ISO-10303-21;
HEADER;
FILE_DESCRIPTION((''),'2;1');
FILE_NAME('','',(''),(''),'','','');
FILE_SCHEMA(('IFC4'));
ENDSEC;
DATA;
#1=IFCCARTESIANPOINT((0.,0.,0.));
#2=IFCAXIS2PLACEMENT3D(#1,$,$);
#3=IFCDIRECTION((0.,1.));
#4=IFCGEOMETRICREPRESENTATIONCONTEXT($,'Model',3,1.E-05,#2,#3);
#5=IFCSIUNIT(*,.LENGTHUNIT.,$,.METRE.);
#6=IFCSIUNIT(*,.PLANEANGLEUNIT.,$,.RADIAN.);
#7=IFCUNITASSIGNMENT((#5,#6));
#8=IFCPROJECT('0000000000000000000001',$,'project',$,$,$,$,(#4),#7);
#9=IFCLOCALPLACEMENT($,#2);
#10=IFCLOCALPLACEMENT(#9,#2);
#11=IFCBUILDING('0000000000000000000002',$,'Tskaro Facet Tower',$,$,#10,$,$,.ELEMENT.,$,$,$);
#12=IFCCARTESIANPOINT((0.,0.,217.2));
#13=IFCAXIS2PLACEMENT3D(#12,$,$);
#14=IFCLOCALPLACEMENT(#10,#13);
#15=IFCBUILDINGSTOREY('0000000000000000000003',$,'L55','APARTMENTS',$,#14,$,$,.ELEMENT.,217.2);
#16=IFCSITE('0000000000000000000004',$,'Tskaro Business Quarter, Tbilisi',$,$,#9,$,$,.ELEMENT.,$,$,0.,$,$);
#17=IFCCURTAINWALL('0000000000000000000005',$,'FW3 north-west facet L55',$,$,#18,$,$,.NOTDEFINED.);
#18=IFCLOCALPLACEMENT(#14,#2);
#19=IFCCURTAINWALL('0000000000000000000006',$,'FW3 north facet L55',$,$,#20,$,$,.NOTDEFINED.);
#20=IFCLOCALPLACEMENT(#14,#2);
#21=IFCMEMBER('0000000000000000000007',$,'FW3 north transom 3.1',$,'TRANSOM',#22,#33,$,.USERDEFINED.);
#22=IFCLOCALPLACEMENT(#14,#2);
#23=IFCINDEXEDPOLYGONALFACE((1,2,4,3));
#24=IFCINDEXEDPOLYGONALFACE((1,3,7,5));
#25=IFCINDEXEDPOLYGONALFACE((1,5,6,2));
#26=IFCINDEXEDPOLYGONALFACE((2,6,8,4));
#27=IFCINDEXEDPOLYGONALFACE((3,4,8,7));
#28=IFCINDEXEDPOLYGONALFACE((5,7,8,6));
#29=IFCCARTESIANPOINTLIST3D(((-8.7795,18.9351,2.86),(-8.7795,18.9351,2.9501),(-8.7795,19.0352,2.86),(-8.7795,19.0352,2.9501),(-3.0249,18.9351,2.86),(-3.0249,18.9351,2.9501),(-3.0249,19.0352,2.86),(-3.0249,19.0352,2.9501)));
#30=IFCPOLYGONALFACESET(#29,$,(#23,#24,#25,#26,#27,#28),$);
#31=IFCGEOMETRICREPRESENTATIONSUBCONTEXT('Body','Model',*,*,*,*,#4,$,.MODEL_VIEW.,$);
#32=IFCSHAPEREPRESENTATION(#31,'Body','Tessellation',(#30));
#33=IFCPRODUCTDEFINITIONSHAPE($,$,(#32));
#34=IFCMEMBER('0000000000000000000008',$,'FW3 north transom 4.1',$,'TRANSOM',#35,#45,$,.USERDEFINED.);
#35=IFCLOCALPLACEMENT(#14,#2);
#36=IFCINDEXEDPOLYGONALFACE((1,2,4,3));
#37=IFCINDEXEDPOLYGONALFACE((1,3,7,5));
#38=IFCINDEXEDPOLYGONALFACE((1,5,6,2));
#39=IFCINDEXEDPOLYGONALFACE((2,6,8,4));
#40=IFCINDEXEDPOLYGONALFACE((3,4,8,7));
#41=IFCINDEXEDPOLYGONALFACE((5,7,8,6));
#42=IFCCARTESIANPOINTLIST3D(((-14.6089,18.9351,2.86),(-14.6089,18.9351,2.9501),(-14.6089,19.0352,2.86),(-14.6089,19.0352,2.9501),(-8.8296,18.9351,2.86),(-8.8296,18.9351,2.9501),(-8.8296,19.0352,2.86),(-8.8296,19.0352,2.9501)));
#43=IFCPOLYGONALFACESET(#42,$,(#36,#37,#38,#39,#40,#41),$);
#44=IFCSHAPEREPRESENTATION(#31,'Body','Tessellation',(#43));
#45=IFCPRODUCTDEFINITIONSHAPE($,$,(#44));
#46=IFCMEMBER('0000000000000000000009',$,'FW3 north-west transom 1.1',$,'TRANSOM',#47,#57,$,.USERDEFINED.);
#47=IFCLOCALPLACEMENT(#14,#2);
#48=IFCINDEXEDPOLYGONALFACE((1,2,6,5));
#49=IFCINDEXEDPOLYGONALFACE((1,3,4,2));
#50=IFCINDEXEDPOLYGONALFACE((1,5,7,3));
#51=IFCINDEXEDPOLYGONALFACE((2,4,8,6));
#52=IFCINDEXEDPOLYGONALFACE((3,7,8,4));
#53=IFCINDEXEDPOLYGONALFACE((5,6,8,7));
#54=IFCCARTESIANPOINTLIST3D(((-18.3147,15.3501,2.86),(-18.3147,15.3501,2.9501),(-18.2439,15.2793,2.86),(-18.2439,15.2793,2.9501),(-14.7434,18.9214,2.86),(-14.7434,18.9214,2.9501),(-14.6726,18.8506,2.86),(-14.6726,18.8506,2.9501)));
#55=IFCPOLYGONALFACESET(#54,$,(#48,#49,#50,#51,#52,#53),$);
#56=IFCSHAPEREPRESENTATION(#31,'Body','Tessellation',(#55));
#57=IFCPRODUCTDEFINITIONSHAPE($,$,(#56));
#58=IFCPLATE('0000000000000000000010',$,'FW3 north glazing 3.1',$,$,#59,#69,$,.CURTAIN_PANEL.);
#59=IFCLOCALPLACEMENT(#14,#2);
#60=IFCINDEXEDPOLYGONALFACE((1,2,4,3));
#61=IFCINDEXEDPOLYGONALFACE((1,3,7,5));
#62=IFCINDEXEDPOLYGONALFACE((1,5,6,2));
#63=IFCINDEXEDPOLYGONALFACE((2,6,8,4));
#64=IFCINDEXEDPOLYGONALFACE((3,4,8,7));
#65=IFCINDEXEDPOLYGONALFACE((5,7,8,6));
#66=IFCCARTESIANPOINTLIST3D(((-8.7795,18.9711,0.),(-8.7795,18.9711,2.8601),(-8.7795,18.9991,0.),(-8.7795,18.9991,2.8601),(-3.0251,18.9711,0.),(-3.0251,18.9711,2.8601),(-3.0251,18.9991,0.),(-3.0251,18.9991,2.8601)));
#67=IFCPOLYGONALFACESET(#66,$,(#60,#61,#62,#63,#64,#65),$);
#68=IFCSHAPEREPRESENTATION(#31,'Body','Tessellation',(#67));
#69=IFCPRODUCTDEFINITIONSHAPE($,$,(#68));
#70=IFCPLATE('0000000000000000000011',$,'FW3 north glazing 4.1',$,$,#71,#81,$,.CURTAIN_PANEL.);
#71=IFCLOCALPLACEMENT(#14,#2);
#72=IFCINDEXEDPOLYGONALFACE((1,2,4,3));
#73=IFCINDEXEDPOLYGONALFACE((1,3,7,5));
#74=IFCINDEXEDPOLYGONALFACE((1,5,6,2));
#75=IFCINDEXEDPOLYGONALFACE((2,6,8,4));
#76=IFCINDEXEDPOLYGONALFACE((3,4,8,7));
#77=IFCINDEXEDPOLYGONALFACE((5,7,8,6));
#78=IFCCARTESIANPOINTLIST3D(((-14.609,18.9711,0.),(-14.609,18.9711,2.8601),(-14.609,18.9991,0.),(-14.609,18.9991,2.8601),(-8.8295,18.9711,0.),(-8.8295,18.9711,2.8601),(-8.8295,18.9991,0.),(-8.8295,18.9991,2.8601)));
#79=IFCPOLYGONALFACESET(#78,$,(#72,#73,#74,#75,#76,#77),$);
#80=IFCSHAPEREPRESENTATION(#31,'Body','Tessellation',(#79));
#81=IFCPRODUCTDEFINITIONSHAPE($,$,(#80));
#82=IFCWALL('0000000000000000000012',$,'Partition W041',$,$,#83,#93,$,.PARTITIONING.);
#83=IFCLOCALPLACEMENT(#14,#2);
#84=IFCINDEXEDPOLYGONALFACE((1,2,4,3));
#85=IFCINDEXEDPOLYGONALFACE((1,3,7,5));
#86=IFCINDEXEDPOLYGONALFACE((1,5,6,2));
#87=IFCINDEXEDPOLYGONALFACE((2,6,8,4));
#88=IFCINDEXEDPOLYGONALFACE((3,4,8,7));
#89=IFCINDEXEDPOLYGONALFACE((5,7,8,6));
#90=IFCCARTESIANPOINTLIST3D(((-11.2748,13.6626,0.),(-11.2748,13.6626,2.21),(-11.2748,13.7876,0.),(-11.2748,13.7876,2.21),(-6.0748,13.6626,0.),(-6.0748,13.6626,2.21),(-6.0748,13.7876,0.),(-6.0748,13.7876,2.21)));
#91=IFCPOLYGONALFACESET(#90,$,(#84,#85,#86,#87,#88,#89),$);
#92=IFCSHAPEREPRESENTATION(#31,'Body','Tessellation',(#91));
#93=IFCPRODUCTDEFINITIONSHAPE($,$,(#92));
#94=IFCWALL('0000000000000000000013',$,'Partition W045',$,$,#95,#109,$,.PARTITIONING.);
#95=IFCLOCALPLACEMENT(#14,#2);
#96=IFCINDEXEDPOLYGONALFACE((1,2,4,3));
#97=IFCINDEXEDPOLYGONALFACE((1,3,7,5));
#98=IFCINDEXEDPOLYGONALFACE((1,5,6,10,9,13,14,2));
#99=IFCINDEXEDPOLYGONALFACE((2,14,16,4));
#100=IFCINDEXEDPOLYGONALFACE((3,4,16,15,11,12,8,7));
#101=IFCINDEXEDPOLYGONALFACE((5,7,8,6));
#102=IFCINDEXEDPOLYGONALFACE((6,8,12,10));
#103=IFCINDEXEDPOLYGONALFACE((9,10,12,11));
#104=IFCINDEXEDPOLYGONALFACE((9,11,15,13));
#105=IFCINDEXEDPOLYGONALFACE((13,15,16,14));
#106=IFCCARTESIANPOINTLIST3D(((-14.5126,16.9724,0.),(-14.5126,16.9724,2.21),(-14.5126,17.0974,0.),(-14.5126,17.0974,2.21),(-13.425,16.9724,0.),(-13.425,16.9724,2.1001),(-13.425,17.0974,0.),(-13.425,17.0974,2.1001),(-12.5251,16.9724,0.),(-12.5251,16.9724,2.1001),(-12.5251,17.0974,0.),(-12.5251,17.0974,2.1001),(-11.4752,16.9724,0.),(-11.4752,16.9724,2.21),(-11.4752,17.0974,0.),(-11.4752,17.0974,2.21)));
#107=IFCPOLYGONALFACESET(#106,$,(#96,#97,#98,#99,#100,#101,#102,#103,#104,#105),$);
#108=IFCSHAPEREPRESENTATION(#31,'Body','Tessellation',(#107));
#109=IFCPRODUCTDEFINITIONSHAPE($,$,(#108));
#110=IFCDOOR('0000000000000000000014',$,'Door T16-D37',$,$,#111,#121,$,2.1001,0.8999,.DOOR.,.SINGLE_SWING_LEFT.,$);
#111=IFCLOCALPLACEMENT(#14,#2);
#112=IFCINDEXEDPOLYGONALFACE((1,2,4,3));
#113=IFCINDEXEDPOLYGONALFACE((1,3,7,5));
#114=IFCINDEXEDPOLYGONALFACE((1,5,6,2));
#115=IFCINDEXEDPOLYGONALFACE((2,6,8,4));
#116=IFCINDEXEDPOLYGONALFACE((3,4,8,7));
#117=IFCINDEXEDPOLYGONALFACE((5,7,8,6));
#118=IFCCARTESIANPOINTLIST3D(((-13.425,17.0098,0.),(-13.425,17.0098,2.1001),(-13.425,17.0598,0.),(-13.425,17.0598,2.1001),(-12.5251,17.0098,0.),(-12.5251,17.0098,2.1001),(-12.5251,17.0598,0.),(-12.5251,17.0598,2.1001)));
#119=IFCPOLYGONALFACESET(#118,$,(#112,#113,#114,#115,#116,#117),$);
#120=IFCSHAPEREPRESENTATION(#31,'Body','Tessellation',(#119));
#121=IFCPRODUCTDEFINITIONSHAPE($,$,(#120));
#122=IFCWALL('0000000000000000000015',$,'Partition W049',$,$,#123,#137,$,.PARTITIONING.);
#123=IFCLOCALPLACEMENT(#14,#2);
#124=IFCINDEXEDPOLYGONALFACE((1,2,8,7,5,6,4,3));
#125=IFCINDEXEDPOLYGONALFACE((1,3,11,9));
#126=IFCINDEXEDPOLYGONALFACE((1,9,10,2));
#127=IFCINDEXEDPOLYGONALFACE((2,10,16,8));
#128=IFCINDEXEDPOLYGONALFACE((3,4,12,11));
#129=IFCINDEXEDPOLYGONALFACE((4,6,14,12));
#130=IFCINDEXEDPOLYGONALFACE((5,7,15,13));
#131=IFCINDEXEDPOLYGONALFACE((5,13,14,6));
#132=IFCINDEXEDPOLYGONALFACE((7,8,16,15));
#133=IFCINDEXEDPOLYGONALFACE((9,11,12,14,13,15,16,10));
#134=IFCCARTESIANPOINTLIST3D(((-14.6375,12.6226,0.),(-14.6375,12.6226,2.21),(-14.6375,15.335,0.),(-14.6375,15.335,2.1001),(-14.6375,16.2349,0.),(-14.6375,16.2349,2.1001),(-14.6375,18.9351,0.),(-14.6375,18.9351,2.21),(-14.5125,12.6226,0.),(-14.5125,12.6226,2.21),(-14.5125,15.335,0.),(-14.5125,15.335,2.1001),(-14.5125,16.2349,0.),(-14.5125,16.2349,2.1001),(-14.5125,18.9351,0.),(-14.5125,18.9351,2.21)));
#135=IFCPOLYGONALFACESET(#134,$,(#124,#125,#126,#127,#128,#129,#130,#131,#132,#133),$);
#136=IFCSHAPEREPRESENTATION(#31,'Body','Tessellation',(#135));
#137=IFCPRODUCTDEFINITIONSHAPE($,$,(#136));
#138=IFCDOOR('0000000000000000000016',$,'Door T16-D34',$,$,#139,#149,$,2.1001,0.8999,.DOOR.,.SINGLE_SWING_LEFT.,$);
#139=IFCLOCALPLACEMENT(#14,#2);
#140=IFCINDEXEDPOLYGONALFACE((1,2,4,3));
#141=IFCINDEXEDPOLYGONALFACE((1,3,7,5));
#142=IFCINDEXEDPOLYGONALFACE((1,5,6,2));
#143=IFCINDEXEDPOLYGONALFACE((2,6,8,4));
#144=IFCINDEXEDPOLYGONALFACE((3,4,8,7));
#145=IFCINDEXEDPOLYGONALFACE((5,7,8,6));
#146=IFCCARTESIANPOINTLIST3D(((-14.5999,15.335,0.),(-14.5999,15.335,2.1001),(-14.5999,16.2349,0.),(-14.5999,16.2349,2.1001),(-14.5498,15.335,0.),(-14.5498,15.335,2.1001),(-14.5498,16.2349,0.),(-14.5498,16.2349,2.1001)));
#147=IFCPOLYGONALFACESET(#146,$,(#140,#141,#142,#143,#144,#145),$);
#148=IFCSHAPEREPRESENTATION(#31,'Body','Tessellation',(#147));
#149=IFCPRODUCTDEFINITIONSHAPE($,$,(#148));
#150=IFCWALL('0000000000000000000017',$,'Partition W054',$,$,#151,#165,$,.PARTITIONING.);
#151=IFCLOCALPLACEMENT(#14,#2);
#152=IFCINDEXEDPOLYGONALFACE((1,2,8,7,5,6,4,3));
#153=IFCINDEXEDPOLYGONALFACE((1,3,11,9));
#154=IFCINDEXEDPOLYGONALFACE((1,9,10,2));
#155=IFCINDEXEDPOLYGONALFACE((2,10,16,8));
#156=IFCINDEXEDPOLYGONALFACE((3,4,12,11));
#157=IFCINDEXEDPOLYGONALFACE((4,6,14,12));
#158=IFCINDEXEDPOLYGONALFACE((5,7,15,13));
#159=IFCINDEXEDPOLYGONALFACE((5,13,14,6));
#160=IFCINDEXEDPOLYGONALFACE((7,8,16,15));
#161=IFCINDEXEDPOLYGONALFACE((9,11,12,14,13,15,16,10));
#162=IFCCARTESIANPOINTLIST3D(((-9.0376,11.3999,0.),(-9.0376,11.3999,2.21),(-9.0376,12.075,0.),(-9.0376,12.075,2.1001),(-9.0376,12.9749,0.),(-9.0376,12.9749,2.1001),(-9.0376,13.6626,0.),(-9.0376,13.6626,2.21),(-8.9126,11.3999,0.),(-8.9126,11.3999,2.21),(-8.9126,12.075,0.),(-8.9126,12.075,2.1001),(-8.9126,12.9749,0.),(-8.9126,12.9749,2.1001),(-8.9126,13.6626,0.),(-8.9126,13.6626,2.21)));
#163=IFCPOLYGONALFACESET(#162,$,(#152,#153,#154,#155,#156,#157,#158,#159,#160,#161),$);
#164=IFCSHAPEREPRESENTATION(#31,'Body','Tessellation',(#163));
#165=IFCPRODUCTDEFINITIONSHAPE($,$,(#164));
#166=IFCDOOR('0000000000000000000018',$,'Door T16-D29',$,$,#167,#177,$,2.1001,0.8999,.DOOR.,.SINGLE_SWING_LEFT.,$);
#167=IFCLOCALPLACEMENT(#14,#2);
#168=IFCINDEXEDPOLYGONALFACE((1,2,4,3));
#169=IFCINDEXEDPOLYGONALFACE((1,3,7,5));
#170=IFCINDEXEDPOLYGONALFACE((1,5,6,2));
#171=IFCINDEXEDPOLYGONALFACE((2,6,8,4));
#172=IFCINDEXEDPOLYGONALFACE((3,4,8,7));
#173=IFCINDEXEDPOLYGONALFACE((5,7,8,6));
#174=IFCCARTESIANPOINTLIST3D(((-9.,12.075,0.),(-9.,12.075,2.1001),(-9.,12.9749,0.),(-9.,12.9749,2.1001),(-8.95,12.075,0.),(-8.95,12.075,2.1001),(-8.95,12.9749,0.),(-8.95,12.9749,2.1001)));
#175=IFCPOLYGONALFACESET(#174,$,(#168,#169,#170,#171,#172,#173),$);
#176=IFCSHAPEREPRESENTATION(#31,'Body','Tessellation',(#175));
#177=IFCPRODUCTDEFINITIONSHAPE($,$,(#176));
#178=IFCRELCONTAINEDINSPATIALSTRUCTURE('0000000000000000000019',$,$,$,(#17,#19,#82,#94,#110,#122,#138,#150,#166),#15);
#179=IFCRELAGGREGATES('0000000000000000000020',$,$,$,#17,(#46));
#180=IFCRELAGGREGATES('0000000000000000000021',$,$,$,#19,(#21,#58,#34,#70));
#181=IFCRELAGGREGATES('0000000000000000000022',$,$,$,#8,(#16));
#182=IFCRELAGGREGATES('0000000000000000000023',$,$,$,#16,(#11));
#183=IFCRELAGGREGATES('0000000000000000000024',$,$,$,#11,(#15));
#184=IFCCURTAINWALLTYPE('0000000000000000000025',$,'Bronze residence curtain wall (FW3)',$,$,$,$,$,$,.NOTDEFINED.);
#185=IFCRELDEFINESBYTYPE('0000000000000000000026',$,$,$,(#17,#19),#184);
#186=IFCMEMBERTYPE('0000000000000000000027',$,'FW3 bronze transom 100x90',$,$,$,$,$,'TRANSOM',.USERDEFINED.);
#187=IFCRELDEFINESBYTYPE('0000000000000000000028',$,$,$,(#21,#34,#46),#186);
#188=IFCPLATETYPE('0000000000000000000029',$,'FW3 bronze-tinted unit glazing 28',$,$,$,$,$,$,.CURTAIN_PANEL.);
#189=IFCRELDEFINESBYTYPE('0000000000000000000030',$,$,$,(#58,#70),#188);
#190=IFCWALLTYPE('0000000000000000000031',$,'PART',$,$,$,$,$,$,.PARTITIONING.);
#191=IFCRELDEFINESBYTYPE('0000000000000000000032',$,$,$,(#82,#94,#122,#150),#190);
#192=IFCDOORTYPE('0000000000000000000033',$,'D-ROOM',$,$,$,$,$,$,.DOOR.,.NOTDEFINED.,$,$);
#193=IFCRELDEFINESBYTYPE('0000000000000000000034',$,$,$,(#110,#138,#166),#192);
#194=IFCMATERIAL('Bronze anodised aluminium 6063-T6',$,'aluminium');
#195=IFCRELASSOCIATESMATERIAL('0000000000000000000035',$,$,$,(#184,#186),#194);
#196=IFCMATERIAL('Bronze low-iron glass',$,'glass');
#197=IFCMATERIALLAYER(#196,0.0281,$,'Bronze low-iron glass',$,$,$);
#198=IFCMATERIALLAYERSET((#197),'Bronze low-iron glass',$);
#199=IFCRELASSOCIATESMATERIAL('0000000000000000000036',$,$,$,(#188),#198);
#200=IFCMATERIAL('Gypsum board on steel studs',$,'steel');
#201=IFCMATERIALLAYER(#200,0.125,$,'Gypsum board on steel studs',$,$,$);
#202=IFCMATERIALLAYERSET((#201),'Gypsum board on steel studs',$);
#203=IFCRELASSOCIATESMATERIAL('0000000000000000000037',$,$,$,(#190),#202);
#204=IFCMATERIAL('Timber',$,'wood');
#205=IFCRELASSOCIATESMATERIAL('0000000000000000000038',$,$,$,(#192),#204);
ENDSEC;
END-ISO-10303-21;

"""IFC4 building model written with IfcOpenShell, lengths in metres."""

from ifc_helpers import new_model, si_unit, direction, frame, frame_2d, origin, origin_2d, place, context, subcontext, project, spatial, rectangle, extrude, material, layer, layer_set, material_profile, profile_set, type_object, element, fill, aggregate, save


model = new_model("IFC4")

# Units and contexts
model_context = context("Model", 3, precision=1e-05, world=origin(), true_north=direction((0.0, 1.0)))
body_context = subcontext(model_context, "Body", "Model", "MODEL_VIEW")
ifc_project = project(units=[si_unit("LENGTHUNIT", "METRE"), si_unit("PLANEANGLEUNIT", "RADIAN")], contexts=[model_context])

# Site, building, storey
site_placement = place(None, origin())
site = spatial("IfcSite", under=ifc_project, at=site_placement, Name="Tskaro Business Quarter, Tbilisi", CompositionType="ELEMENT", RefElevation=0.0)
building_placement = place(site_placement, origin())
building = spatial("IfcBuilding", under=site, at=building_placement, Name="Tskaro Facet Tower", CompositionType="ELEMENT")
storey_placement = place(building_placement, frame((0.0, 0.0, 217.2)))
storey = spatial("IfcBuildingStorey", under=building, at=storey_placement, Name="L55", Description="APARTMENTS", CompositionType="ELEMENT", Elevation=217.2)

# Curtain wall
ifc_material_1 = material(Name="Bronze anodised aluminium 6063-T6", Category="aluminium")
curtain_wall_type = type_object("IfcCurtainWallType", Name="Bronze residence curtain wall (FW3)", PredefinedType="NOTDEFINED", material=ifc_material_1)
curtain_wall_1_placement = place(storey_placement, origin())
curtain_wall_1 = element("IfcCurtainWall", 1, at=curtain_wall_1_placement, inside=storey, type_object=curtain_wall_type, Name="FW3 north-west facet L55", PredefinedType="NOTDEFINED")

# Curtain wall, members
curtain_wall_2_placement = place(storey_placement, origin())
curtain_wall_2 = element("IfcCurtainWall", 2, at=curtain_wall_2_placement, inside=storey, type_object=curtain_wall_type, Name="FW3 north facet L55", PredefinedType="NOTDEFINED")
ifc_material_profile_1 = material_profile(ifc_material_1, rectangle(XDim=0.1001, YDim=0.0901, at=origin_2d()), Name="Transom 100x90")
ifc_profile_set_1 = profile_set([ifc_material_profile_1], Name="Bronze anodised aluminium 6063-T6")
member_type_1 = type_object("IfcMemberType", Name="FW3 bronze transom 100x90", ElementType="TRANSOM", PredefinedType="USERDEFINED", material=ifc_profile_set_1)
member_1_placement = place(storey_placement, frame((-3.0249, 18.9851, 2.905), z_axis=(-1.0, 0.0, 0.0), x_axis=(0.0, -1.0, 0.0)))
member_1 = element("IfcMember", 3, at=member_1_placement, type_object=member_type_1, Name="FW3 north transom 3.1", ObjectType="TRANSOM", PredefinedType="USERDEFINED", context=body_context, shape_type="SweptSolid", body=[
    extrude(rectangle(XDim=0.1001, YDim=0.0901, at=origin_2d()), origin(), (0.0, 0.0, 1.0), 5.7546),
])
member_2_placement = place(storey_placement, frame((-8.8296, 18.9851, 2.905), z_axis=(-1.0, 0.0, 0.0), x_axis=(0.0, -1.0, 0.0)))
member_2 = element("IfcMember", 4, at=member_2_placement, type_object=member_type_1, Name="FW3 north transom 4.1", ObjectType="TRANSOM", PredefinedType="USERDEFINED", context=body_context, shape_type="SweptSolid", body=[
    extrude(rectangle(XDim=0.1001, YDim=0.0901, at=origin_2d()), origin(), (0.0, 0.0, 1.0), 5.7793),
])

# Member
member_3_placement = place(storey_placement, frame((-14.708, 18.886, 2.905), z_axis=(-0.707107, -0.707107, 0.0), x_axis=(0.707107, -0.707107, 0.0)))
member_3 = element("IfcMember", 5, at=member_3_placement, type_object=member_type_1, Name="FW3 north-west transom 1.1", ObjectType="TRANSOM", PredefinedType="USERDEFINED", context=body_context, shape_type="SweptSolid", body=[
    extrude(rectangle(XDim=0.1001, YDim=0.0901, at=origin_2d()), origin(), (0.0, 0.0, 1.0), 5.0505),
])
aggregate(curtain_wall_1, [member_3])

# Plates
ifc_material_2 = material(Name="Bronze low-iron glass", Category="glass")
ifc_layer_1 = layer(ifc_material_2, 0.0281, Name="Bronze low-iron glass")
ifc_layer_set_1 = layer_set([ifc_layer_1], Name="Bronze low-iron glass")
plate_type = type_object("IfcPlateType", Name="FW3 bronze-tinted unit glazing 28", PredefinedType="CURTAIN_PANEL", material=ifc_layer_set_1)
plate_1_placement = place(storey_placement, frame((-5.9023, 18.9851, 0.0), z_axis=(0.0, 0.0, 1.0), x_axis=(-1.0, 0.0, 0.0)))
plate_1 = element("IfcPlate", 6, at=plate_1_placement, type_object=plate_type, Name="FW3 north glazing 3.1", PredefinedType="CURTAIN_PANEL", context=body_context, shape_type="SweptSolid", body=[
    extrude(rectangle(XDim=5.7544, YDim=0.0281, at=origin_2d()), origin(), (0.0, 0.0, 1.0), 2.8601),
])
plate_2_placement = place(storey_placement, frame((-11.7192, 18.9851, 0.0), z_axis=(0.0, 0.0, 1.0), x_axis=(-1.0, 0.0, 0.0)))
plate_2 = element("IfcPlate", 7, at=plate_2_placement, type_object=plate_type, Name="FW3 north glazing 4.1", PredefinedType="CURTAIN_PANEL", context=body_context, shape_type="SweptSolid", body=[
    extrude(rectangle(XDim=5.7795, YDim=0.0281, at=origin_2d()), origin(), (0.0, 0.0, 1.0), 2.8601),
])
aggregate(curtain_wall_2, [member_1, plate_1, member_2, plate_2])

# Wall
ifc_material_3 = material(Name="Gypsum board on steel studs", Category="steel")
ifc_layer_2 = layer(ifc_material_3, 0.125, Name="Gypsum board on steel studs")
ifc_layer_set_2 = layer_set([ifc_layer_2], Name="Gypsum board on steel studs")
wall_type_1 = type_object("IfcWallType", Name="PART", PredefinedType="PARTITIONING", material=ifc_layer_set_2)
wall_1_placement = place(storey_placement, frame((-11.2749, 13.7251, 0.0), z_axis=(0.0, 0.0, 1.0), x_axis=(1.0, 0.0, 0.0)))
element("IfcWall", 8, at=wall_1_placement, inside=storey, type_object=wall_type_1, Name="Partition W041", PredefinedType="PARTITIONING", context=body_context, shape_type="SweptSolid", body=[
    extrude(rectangle(XDim=5.2, YDim=0.125, at=frame_2d((2.6001, 0.0))), origin(), (0.0, 0.0, 1.0), 2.21),
])

# Walls, openings, doors
wall_2_placement = place(storey_placement, frame((-14.5125, 17.0349, 0.0), z_axis=(0.0, 0.0, 1.0), x_axis=(1.0, 0.0, 0.0)))
wall_2 = element("IfcWall", 9, at=wall_2_placement, inside=storey, type_object=wall_type_1, Name="Partition W045", PredefinedType="PARTITIONING", context=body_context, shape_type="SweptSolid", body=[
    extrude(rectangle(XDim=3.0374, YDim=0.125, at=frame_2d((1.5186, 0.0))), origin(), (0.0, 0.0, 1.0), 2.21),
])
opening_1_placement = place(wall_2_placement, frame((1.0874, 0.0, 0.0)))
opening_1 = element("IfcOpeningElement", 10, at=opening_1_placement, cuts=wall_2, PredefinedType="OPENING", context=body_context, shape_type="SweptSolid", body=[
    extrude(rectangle(XDim=0.8999, YDim=2.1001, at=frame_2d((0.45, 1.05))), frame((0.0, 0.0725, 0.0), z_axis=(0.0, -1.0, 0.0), x_axis=(1.0, 0.0, 0.0)), (0.0, 0.0, 1.0), 0.145),
])
ifc_material_4 = material(Name="Timber", Category="wood")
door_type_1 = type_object("IfcDoorType", Name="D-ROOM", OperationType="NOTDEFINED", PredefinedType="DOOR", material=ifc_material_4)
door_1_placement = place(opening_1_placement, origin())
door_1 = element("IfcDoor", 11, at=door_1_placement, inside=storey, type_object=door_type_1, Name="Door T16-D37", OperationType="SINGLE_SWING_LEFT", OverallHeight=2.1001, OverallWidth=0.8999, PredefinedType="DOOR", context=body_context, shape_type="SweptSolid", body=[
    extrude(rectangle(XDim=0.8999, YDim=2.1001, at=frame_2d((0.45, 1.05))), frame((0.0, 0.0249, 0.0), z_axis=(0.0, -1.0, 0.0), x_axis=(1.0, 0.0, 0.0)), (0.0, 0.0, 1.0), 0.05),
])
fill(opening_1, door_1)
wall_3_placement = place(storey_placement, frame((-14.575, 12.6226, 0.0), z_axis=(0.0, 0.0, 1.0), x_axis=(0.0, 1.0, 0.0)))
wall_3 = element("IfcWall", 12, at=wall_3_placement, inside=storey, type_object=wall_type_1, Name="Partition W049", PredefinedType="PARTITIONING", context=body_context, shape_type="SweptSolid", body=[
    extrude(rectangle(XDim=6.3125, YDim=0.125, at=frame_2d((3.1562, 0.0))), origin(), (0.0, 0.0, 1.0), 2.21),
])
opening_2_placement = place(wall_3_placement, frame((2.7124, 0.0, 0.0)))
opening_2 = element("IfcOpeningElement", 13, at=opening_2_placement, cuts=wall_3, PredefinedType="OPENING", context=body_context, shape_type="SweptSolid", body=[
    extrude(rectangle(XDim=0.8999, YDim=2.1001, at=frame_2d((0.45, 1.05))), frame((0.0, 0.0725, 0.0), z_axis=(0.0, -1.0, 0.0), x_axis=(1.0, 0.0, 0.0)), (0.0, 0.0, 1.0), 0.145),
])
door_2_placement = place(opening_2_placement, origin())
door_2 = element("IfcDoor", 14, at=door_2_placement, inside=storey, type_object=door_type_1, Name="Door T16-D34", OperationType="SINGLE_SWING_LEFT", OverallHeight=2.1001, OverallWidth=0.8999, PredefinedType="DOOR", context=body_context, shape_type="SweptSolid", body=[
    extrude(rectangle(XDim=0.8999, YDim=2.1001, at=frame_2d((0.45, 1.05))), frame((0.0, 0.0249, 0.0), z_axis=(0.0, -1.0, 0.0), x_axis=(1.0, 0.0, 0.0)), (0.0, 0.0, 1.0), 0.05),
])
fill(opening_2, door_2)
wall_4_placement = place(storey_placement, frame((-8.9751, 11.3999, 0.0), z_axis=(0.0, 0.0, 1.0), x_axis=(0.0, 1.0, 0.0)))
wall_4 = element("IfcWall", 15, at=wall_4_placement, inside=storey, type_object=wall_type_1, Name="Partition W054", PredefinedType="PARTITIONING", context=body_context, shape_type="SweptSolid", body=[
    extrude(rectangle(XDim=2.2627, YDim=0.125, at=frame_2d((1.1313, 0.0))), origin(), (0.0, 0.0, 1.0), 2.21),
])
opening_3_placement = place(wall_4_placement, frame((0.675, 0.0, 0.0)))
opening_3 = element("IfcOpeningElement", 16, at=opening_3_placement, cuts=wall_4, PredefinedType="OPENING", context=body_context, shape_type="SweptSolid", body=[
    extrude(rectangle(XDim=0.8999, YDim=2.1001, at=frame_2d((0.45, 1.05))), frame((0.0, 0.0725, 0.0), z_axis=(0.0, -1.0, 0.0), x_axis=(1.0, 0.0, 0.0)), (0.0, 0.0, 1.0), 0.145),
])
door_3_placement = place(opening_3_placement, origin())
door_3 = element("IfcDoor", 17, at=door_3_placement, inside=storey, type_object=door_type_1, Name="Door T16-D29", OperationType="SINGLE_SWING_LEFT", OverallHeight=2.1001, OverallWidth=0.8999, PredefinedType="DOOR", context=body_context, shape_type="SweptSolid", body=[
    extrude(rectangle(XDim=0.8999, YDim=2.1001, at=frame_2d((0.45, 1.05))), frame((0.0, 0.0249, 0.0), z_axis=(0.0, -1.0, 0.0), x_axis=(1.0, 0.0, 0.0)), (0.0, 0.0, 1.0), 0.05),
])
fill(opening_3, door_3)

save(model, "model.ifc")
